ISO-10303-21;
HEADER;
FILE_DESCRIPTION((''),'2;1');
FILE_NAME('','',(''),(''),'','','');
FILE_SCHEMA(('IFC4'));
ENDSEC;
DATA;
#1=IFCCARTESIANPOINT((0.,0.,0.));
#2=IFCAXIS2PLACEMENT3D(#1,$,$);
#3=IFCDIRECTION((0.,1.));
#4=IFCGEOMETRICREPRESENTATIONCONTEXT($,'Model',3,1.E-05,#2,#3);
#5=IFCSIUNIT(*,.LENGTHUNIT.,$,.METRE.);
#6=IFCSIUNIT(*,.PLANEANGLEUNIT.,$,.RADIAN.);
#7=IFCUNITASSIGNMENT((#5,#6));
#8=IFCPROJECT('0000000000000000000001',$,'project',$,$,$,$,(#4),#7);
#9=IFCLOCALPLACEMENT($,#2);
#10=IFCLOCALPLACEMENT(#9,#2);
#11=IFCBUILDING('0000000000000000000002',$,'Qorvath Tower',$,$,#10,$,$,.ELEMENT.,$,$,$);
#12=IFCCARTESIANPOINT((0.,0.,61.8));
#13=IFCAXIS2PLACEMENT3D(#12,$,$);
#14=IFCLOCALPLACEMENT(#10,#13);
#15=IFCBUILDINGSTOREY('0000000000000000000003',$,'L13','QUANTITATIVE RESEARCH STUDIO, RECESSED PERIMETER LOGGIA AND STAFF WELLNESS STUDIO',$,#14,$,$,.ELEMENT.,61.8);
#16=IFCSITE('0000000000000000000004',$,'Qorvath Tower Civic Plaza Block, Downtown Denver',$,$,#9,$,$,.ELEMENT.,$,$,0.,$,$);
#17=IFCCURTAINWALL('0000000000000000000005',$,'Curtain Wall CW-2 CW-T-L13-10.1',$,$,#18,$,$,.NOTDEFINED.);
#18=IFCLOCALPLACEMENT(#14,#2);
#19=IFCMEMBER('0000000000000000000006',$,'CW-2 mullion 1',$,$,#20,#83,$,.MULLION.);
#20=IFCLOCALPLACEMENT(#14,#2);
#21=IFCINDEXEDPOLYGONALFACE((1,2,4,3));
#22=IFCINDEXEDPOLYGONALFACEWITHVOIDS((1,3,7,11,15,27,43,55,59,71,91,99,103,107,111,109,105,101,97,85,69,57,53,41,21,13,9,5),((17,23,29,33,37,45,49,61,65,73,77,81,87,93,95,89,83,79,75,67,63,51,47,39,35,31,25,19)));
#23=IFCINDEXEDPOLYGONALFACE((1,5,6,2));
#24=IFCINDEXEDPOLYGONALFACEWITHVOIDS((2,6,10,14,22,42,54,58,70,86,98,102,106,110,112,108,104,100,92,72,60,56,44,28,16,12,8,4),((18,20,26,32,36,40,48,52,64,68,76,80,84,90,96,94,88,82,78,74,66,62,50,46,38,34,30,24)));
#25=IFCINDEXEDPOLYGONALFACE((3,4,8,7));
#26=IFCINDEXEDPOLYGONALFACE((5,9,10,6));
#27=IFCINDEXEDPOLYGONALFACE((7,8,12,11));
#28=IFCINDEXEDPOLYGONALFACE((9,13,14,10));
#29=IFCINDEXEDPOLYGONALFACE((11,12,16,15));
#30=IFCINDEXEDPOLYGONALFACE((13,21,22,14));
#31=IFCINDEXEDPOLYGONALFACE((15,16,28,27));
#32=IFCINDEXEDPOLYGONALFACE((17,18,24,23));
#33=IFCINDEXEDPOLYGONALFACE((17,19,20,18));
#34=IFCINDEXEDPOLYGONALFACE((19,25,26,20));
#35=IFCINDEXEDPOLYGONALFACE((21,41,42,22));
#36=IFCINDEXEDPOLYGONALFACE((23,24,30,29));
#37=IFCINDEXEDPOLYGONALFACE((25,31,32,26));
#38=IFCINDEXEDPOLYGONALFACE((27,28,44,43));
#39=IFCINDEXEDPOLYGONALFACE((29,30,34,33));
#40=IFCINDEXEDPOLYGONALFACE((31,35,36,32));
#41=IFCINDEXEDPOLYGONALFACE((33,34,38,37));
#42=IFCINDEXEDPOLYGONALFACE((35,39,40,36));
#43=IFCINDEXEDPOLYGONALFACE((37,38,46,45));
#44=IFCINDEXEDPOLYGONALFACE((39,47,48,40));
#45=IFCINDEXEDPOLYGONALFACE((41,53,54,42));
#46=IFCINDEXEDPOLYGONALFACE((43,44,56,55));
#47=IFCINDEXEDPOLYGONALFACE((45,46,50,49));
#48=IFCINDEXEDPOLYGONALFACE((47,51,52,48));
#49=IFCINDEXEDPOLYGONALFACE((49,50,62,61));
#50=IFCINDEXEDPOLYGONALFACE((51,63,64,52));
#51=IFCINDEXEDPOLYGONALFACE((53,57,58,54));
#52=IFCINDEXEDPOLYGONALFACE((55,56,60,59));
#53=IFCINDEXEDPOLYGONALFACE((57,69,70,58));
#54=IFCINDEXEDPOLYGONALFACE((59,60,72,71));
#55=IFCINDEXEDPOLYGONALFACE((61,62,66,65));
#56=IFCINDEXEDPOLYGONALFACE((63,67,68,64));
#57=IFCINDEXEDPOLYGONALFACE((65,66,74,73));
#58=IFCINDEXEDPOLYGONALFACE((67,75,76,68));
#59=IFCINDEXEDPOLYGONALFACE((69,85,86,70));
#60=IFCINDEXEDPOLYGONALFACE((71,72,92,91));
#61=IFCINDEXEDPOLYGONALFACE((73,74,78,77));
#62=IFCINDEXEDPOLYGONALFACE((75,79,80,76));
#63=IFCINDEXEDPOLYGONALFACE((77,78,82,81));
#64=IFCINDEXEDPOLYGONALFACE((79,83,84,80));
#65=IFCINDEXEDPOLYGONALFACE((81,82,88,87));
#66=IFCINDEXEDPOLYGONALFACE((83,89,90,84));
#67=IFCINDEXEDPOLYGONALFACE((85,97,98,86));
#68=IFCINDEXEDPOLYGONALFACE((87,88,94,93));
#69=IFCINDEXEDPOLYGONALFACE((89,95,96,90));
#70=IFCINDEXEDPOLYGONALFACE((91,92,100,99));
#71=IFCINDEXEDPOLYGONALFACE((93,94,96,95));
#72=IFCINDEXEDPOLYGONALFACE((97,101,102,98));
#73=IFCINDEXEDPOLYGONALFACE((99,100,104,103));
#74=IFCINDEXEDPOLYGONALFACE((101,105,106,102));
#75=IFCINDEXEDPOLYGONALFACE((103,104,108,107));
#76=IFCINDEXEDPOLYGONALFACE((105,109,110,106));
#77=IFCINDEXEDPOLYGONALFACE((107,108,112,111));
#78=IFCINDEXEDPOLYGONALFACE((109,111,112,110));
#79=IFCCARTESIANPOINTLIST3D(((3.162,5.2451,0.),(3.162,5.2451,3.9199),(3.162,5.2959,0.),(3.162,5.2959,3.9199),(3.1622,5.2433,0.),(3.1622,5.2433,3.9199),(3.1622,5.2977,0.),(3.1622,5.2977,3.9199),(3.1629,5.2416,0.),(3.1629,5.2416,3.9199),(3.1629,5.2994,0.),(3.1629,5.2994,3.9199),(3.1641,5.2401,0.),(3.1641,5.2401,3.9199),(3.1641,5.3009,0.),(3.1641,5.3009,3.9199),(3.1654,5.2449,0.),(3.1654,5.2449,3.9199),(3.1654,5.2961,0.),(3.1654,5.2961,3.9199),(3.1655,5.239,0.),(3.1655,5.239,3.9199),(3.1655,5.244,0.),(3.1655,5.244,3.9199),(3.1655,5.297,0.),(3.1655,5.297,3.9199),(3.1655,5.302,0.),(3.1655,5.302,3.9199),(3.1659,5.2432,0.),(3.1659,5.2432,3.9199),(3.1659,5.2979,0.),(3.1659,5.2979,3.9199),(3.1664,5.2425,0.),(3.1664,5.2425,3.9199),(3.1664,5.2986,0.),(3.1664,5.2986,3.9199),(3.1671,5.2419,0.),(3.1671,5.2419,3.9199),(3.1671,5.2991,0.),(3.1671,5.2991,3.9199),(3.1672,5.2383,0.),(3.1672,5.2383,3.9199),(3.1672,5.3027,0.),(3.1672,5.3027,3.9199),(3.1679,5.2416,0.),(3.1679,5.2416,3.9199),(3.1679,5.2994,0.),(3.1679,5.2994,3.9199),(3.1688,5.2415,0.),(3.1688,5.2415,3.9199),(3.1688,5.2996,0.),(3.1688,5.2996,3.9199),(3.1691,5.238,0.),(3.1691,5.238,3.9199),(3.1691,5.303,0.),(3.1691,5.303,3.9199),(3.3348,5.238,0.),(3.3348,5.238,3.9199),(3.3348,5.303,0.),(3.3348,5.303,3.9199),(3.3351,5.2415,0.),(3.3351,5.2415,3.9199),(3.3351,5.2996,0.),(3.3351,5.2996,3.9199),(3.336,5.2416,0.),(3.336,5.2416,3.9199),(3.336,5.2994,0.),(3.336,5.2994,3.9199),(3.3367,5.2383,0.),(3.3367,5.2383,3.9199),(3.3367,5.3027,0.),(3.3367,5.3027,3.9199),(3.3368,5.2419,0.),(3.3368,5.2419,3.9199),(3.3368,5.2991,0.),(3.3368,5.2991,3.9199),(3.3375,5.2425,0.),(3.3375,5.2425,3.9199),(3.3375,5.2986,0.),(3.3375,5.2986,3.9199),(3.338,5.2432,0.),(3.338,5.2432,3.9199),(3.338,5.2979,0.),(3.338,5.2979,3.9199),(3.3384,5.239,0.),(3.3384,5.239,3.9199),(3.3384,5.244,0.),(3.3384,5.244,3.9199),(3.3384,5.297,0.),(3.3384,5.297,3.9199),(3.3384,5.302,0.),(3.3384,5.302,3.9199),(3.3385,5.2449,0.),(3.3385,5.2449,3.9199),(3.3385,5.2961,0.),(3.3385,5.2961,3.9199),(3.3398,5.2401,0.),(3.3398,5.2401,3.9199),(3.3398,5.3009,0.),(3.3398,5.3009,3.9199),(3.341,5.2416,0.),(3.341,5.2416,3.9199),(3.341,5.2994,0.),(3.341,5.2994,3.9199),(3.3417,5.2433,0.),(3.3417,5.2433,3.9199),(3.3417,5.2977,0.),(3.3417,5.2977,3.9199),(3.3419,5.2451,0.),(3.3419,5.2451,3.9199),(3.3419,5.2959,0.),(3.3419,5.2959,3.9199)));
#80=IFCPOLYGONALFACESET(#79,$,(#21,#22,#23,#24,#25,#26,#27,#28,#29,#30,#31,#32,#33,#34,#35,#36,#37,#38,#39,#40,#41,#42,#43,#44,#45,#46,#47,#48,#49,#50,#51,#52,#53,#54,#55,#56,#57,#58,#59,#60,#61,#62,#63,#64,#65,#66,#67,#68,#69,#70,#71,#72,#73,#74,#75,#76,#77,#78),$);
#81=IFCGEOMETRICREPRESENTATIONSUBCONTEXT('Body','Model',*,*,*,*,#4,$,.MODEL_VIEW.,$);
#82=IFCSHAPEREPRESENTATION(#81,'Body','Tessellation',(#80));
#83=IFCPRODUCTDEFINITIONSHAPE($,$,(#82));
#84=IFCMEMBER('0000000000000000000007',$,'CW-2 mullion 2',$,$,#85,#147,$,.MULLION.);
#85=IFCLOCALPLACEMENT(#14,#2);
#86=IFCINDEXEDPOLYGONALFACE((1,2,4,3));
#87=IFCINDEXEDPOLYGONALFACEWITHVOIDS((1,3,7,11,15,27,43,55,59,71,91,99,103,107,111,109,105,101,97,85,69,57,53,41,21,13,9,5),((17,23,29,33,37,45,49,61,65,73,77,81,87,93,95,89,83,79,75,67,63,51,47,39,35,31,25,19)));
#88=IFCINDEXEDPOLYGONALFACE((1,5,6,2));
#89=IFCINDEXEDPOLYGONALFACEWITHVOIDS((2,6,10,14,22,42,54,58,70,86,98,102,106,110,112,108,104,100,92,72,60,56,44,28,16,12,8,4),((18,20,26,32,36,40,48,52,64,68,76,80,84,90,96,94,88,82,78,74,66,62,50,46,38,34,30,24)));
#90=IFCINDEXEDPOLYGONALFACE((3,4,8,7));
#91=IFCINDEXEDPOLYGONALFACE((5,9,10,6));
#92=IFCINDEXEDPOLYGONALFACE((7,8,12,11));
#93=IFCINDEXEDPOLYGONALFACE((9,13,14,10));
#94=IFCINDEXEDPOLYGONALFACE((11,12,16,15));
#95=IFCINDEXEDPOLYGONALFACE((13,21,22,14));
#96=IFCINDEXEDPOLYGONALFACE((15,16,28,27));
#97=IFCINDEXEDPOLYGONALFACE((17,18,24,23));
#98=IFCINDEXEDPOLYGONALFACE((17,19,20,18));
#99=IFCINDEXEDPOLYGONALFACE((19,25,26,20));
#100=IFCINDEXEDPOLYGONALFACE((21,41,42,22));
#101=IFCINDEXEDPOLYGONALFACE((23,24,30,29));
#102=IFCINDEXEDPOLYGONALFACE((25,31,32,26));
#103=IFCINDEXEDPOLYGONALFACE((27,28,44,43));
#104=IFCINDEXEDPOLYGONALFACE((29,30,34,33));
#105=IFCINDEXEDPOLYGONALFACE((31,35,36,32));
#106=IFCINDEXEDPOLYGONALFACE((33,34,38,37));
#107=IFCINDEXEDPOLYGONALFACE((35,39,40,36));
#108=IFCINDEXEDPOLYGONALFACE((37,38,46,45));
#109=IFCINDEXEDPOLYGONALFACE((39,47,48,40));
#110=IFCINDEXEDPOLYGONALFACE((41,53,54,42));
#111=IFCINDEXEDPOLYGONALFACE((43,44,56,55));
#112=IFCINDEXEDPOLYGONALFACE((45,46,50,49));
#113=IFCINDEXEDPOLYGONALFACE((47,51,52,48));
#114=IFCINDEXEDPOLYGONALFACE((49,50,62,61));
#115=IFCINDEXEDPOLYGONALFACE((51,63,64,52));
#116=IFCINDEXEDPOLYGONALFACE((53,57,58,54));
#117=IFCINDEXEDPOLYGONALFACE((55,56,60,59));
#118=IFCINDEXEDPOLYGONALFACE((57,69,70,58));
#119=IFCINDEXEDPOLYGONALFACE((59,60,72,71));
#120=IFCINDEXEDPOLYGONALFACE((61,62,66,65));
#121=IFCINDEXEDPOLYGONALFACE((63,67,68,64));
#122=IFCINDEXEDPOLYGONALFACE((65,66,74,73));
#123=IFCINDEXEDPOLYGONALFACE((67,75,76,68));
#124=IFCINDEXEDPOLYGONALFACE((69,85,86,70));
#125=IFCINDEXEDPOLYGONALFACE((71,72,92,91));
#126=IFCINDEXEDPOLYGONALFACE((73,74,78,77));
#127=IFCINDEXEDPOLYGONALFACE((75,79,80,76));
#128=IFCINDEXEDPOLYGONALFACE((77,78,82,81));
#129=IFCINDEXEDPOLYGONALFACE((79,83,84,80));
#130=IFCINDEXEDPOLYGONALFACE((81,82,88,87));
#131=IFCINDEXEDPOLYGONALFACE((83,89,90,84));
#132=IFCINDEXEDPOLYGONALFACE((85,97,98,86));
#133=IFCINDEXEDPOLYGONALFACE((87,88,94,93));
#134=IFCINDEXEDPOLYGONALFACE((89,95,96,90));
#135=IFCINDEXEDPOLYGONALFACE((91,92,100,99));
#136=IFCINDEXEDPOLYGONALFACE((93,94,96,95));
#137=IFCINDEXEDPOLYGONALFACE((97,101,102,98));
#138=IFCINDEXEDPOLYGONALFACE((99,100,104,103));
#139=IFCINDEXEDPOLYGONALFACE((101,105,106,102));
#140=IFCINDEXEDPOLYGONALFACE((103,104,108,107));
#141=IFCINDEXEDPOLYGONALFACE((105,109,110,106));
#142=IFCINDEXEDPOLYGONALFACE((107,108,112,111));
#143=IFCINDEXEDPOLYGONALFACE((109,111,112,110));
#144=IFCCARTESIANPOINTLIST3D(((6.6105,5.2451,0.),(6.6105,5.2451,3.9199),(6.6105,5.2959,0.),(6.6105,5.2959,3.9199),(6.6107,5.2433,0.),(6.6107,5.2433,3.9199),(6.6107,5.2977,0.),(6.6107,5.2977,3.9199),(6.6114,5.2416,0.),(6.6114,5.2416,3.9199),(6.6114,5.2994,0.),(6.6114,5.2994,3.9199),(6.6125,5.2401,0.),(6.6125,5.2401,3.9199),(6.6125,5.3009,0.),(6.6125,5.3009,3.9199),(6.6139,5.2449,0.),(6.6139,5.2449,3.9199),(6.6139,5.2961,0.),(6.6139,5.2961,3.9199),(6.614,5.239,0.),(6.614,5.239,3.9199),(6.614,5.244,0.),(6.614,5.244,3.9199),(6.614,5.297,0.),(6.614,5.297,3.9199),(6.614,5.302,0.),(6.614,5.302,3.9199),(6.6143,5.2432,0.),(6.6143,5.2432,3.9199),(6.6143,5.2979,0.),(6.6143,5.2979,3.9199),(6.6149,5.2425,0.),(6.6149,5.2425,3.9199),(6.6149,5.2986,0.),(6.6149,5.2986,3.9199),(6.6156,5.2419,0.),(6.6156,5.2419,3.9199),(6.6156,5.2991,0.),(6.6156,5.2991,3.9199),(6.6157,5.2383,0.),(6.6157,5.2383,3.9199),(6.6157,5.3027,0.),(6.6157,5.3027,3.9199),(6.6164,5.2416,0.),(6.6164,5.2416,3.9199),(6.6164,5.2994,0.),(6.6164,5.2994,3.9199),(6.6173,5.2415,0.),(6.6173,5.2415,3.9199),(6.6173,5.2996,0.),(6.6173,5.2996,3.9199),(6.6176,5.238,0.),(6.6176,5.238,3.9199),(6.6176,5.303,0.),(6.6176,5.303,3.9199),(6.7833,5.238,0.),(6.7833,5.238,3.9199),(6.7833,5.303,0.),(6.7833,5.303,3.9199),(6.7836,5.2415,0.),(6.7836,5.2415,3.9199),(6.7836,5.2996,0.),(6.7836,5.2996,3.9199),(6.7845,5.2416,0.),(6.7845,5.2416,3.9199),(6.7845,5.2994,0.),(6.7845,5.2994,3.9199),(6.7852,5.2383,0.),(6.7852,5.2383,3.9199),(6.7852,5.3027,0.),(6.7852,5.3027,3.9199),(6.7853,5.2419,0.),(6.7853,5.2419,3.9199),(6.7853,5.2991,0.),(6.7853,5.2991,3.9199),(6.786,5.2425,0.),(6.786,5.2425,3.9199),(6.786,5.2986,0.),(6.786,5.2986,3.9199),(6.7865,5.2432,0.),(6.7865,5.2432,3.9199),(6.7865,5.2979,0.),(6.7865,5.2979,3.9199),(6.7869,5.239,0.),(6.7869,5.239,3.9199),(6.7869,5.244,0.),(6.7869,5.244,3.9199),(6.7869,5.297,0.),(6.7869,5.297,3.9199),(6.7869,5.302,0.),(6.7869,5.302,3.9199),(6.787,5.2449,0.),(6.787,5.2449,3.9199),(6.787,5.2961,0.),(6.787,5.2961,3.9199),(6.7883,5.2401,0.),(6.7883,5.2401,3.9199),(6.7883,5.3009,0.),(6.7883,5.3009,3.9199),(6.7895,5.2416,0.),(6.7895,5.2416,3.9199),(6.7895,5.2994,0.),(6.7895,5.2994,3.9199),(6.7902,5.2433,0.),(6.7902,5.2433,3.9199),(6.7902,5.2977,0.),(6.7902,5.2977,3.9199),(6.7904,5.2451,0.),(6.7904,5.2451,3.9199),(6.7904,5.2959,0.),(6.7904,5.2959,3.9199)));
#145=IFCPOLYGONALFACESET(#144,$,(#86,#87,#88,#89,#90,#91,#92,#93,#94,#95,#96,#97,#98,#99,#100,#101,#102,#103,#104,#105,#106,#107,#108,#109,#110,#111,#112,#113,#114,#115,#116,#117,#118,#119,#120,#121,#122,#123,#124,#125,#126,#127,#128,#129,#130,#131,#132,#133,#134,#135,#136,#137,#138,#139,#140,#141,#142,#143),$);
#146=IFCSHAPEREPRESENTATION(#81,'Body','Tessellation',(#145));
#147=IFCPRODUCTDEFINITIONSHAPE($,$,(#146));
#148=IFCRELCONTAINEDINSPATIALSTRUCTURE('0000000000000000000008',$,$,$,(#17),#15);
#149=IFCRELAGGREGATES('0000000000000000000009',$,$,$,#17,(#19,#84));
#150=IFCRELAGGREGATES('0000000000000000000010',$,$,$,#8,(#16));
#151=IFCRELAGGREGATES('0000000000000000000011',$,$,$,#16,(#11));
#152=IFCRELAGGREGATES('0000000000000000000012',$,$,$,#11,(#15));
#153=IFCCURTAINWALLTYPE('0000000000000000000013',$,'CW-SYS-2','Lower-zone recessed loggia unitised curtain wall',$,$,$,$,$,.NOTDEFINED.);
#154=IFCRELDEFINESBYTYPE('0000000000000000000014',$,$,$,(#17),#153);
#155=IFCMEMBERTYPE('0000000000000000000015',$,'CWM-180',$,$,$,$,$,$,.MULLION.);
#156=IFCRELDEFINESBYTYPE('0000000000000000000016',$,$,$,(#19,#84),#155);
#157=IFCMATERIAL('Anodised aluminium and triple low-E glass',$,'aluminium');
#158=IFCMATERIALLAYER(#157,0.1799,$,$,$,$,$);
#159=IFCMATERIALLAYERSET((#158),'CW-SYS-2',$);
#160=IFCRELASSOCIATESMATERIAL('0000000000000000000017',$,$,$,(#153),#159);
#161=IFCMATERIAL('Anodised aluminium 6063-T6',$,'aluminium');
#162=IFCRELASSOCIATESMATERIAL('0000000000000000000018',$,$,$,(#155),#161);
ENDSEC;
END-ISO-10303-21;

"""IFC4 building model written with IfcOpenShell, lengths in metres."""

from ifc_helpers import new_model, si_unit, direction, frame, origin, origin_2d, place, context, subcontext, project, spatial, hollow_rectangle, extrude, material, layer, layer_set, material_profile, profile_set, type_object, element, aggregate, save


model = new_model("IFC4")

# Units and contexts
model_context = context("Model", 3, precision=1e-05, world=origin(), true_north=direction((0.0, 1.0)))
body_context = subcontext(model_context, "Body", "Model", "MODEL_VIEW")
ifc_project = project(units=[si_unit("LENGTHUNIT", "METRE"), si_unit("PLANEANGLEUNIT", "RADIAN")], contexts=[model_context])

# Site, building, storey
site_placement = place(None, origin())
site = spatial("IfcSite", under=ifc_project, at=site_placement, Name="Qorvath Tower Civic Plaza Block, Downtown Denver", CompositionType="ELEMENT", RefElevation=0.0)
building_placement = place(site_placement, origin())
building = spatial("IfcBuilding", under=site, at=building_placement, Name="Qorvath Tower", CompositionType="ELEMENT")
storey_placement = place(building_placement, frame((0.0, 0.0, 61.8)))
storey = spatial("IfcBuildingStorey", under=building, at=storey_placement, Name="L13", Description="QUANTITATIVE RESEARCH STUDIO, RECESSED PERIMETER LOGGIA AND STAFF WELLNESS STUDIO", CompositionType="ELEMENT", Elevation=61.8)

# Curtain wall, members
ifc_material_1 = material(Name="Anodised aluminium and triple low-E glass", Category="aluminium")
ifc_layer_1 = layer(ifc_material_1, 0.1799)
ifc_layer_set_1 = layer_set([ifc_layer_1], Name="CW-SYS-2")
curtain_wall_type = type_object("IfcCurtainWallType", Name="CW-SYS-2", Description="Lower-zone recessed loggia unitised curtain wall", PredefinedType="NOTDEFINED", material=ifc_layer_set_1)
ifc_material_2 = material(Name="Anodised aluminium 6063-T6", Category="aluminium")
ifc_material_profile_1 = material_profile(ifc_material_2, hollow_rectangle(XDim=0.0649, YDim=0.1799, WallThickness=0.0034, InnerFilletRadius=0.0034, OuterFilletRadius=0.0071, at=origin_2d()), Name="CWM 180x65")
ifc_profile_set_1 = profile_set([ifc_material_profile_1], Name="Anodised aluminium 6063-T6")
member_type_1 = type_object("IfcMemberType", Name="CWM-180", PredefinedType="MULLION", material=ifc_profile_set_1)
curtain_wall_1_placement = place(storey_placement, origin())
curtain_wall_1 = element("IfcCurtainWall", 1, at=curtain_wall_1_placement, inside=storey, type_object=curtain_wall_type, Name="Curtain Wall CW-2 CW-T-L13-10.1", PredefinedType="NOTDEFINED")
member_1_placement = place(storey_placement, frame((3.252, 5.2705, 0.0), z_axis=(0.0, 0.0, 1.0), x_axis=(0.0, 1.0, 0.0)))
member_1 = element("IfcMember", 2, at=member_1_placement, type_object=member_type_1, Name="CW-2 mullion 1", PredefinedType="MULLION", context=body_context, shape_type="SweptSolid", body=[
    extrude(hollow_rectangle(XDim=0.0649, YDim=0.1799, WallThickness=0.0034, InnerFilletRadius=0.0034, OuterFilletRadius=0.0071, at=origin_2d()), origin(), (0.0, 0.0, 1.0), 3.9199),
])
member_2_placement = place(storey_placement, frame((6.7004, 5.2705, 0.0), z_axis=(0.0, 0.0, 1.0), x_axis=(0.0, 1.0, 0.0)))
member_2 = element("IfcMember", 3, at=member_2_placement, type_object=member_type_1, Name="CW-2 mullion 2", PredefinedType="MULLION", context=body_context, shape_type="SweptSolid", body=[
    extrude(hollow_rectangle(XDim=0.0649, YDim=0.1799, WallThickness=0.0034, InnerFilletRadius=0.0034, OuterFilletRadius=0.0071, at=origin_2d()), origin(), (0.0, 0.0, 1.0), 3.9199),
])

aggregate(curtain_wall_1, [member_1, member_2])

save(model, "model.ifc")
